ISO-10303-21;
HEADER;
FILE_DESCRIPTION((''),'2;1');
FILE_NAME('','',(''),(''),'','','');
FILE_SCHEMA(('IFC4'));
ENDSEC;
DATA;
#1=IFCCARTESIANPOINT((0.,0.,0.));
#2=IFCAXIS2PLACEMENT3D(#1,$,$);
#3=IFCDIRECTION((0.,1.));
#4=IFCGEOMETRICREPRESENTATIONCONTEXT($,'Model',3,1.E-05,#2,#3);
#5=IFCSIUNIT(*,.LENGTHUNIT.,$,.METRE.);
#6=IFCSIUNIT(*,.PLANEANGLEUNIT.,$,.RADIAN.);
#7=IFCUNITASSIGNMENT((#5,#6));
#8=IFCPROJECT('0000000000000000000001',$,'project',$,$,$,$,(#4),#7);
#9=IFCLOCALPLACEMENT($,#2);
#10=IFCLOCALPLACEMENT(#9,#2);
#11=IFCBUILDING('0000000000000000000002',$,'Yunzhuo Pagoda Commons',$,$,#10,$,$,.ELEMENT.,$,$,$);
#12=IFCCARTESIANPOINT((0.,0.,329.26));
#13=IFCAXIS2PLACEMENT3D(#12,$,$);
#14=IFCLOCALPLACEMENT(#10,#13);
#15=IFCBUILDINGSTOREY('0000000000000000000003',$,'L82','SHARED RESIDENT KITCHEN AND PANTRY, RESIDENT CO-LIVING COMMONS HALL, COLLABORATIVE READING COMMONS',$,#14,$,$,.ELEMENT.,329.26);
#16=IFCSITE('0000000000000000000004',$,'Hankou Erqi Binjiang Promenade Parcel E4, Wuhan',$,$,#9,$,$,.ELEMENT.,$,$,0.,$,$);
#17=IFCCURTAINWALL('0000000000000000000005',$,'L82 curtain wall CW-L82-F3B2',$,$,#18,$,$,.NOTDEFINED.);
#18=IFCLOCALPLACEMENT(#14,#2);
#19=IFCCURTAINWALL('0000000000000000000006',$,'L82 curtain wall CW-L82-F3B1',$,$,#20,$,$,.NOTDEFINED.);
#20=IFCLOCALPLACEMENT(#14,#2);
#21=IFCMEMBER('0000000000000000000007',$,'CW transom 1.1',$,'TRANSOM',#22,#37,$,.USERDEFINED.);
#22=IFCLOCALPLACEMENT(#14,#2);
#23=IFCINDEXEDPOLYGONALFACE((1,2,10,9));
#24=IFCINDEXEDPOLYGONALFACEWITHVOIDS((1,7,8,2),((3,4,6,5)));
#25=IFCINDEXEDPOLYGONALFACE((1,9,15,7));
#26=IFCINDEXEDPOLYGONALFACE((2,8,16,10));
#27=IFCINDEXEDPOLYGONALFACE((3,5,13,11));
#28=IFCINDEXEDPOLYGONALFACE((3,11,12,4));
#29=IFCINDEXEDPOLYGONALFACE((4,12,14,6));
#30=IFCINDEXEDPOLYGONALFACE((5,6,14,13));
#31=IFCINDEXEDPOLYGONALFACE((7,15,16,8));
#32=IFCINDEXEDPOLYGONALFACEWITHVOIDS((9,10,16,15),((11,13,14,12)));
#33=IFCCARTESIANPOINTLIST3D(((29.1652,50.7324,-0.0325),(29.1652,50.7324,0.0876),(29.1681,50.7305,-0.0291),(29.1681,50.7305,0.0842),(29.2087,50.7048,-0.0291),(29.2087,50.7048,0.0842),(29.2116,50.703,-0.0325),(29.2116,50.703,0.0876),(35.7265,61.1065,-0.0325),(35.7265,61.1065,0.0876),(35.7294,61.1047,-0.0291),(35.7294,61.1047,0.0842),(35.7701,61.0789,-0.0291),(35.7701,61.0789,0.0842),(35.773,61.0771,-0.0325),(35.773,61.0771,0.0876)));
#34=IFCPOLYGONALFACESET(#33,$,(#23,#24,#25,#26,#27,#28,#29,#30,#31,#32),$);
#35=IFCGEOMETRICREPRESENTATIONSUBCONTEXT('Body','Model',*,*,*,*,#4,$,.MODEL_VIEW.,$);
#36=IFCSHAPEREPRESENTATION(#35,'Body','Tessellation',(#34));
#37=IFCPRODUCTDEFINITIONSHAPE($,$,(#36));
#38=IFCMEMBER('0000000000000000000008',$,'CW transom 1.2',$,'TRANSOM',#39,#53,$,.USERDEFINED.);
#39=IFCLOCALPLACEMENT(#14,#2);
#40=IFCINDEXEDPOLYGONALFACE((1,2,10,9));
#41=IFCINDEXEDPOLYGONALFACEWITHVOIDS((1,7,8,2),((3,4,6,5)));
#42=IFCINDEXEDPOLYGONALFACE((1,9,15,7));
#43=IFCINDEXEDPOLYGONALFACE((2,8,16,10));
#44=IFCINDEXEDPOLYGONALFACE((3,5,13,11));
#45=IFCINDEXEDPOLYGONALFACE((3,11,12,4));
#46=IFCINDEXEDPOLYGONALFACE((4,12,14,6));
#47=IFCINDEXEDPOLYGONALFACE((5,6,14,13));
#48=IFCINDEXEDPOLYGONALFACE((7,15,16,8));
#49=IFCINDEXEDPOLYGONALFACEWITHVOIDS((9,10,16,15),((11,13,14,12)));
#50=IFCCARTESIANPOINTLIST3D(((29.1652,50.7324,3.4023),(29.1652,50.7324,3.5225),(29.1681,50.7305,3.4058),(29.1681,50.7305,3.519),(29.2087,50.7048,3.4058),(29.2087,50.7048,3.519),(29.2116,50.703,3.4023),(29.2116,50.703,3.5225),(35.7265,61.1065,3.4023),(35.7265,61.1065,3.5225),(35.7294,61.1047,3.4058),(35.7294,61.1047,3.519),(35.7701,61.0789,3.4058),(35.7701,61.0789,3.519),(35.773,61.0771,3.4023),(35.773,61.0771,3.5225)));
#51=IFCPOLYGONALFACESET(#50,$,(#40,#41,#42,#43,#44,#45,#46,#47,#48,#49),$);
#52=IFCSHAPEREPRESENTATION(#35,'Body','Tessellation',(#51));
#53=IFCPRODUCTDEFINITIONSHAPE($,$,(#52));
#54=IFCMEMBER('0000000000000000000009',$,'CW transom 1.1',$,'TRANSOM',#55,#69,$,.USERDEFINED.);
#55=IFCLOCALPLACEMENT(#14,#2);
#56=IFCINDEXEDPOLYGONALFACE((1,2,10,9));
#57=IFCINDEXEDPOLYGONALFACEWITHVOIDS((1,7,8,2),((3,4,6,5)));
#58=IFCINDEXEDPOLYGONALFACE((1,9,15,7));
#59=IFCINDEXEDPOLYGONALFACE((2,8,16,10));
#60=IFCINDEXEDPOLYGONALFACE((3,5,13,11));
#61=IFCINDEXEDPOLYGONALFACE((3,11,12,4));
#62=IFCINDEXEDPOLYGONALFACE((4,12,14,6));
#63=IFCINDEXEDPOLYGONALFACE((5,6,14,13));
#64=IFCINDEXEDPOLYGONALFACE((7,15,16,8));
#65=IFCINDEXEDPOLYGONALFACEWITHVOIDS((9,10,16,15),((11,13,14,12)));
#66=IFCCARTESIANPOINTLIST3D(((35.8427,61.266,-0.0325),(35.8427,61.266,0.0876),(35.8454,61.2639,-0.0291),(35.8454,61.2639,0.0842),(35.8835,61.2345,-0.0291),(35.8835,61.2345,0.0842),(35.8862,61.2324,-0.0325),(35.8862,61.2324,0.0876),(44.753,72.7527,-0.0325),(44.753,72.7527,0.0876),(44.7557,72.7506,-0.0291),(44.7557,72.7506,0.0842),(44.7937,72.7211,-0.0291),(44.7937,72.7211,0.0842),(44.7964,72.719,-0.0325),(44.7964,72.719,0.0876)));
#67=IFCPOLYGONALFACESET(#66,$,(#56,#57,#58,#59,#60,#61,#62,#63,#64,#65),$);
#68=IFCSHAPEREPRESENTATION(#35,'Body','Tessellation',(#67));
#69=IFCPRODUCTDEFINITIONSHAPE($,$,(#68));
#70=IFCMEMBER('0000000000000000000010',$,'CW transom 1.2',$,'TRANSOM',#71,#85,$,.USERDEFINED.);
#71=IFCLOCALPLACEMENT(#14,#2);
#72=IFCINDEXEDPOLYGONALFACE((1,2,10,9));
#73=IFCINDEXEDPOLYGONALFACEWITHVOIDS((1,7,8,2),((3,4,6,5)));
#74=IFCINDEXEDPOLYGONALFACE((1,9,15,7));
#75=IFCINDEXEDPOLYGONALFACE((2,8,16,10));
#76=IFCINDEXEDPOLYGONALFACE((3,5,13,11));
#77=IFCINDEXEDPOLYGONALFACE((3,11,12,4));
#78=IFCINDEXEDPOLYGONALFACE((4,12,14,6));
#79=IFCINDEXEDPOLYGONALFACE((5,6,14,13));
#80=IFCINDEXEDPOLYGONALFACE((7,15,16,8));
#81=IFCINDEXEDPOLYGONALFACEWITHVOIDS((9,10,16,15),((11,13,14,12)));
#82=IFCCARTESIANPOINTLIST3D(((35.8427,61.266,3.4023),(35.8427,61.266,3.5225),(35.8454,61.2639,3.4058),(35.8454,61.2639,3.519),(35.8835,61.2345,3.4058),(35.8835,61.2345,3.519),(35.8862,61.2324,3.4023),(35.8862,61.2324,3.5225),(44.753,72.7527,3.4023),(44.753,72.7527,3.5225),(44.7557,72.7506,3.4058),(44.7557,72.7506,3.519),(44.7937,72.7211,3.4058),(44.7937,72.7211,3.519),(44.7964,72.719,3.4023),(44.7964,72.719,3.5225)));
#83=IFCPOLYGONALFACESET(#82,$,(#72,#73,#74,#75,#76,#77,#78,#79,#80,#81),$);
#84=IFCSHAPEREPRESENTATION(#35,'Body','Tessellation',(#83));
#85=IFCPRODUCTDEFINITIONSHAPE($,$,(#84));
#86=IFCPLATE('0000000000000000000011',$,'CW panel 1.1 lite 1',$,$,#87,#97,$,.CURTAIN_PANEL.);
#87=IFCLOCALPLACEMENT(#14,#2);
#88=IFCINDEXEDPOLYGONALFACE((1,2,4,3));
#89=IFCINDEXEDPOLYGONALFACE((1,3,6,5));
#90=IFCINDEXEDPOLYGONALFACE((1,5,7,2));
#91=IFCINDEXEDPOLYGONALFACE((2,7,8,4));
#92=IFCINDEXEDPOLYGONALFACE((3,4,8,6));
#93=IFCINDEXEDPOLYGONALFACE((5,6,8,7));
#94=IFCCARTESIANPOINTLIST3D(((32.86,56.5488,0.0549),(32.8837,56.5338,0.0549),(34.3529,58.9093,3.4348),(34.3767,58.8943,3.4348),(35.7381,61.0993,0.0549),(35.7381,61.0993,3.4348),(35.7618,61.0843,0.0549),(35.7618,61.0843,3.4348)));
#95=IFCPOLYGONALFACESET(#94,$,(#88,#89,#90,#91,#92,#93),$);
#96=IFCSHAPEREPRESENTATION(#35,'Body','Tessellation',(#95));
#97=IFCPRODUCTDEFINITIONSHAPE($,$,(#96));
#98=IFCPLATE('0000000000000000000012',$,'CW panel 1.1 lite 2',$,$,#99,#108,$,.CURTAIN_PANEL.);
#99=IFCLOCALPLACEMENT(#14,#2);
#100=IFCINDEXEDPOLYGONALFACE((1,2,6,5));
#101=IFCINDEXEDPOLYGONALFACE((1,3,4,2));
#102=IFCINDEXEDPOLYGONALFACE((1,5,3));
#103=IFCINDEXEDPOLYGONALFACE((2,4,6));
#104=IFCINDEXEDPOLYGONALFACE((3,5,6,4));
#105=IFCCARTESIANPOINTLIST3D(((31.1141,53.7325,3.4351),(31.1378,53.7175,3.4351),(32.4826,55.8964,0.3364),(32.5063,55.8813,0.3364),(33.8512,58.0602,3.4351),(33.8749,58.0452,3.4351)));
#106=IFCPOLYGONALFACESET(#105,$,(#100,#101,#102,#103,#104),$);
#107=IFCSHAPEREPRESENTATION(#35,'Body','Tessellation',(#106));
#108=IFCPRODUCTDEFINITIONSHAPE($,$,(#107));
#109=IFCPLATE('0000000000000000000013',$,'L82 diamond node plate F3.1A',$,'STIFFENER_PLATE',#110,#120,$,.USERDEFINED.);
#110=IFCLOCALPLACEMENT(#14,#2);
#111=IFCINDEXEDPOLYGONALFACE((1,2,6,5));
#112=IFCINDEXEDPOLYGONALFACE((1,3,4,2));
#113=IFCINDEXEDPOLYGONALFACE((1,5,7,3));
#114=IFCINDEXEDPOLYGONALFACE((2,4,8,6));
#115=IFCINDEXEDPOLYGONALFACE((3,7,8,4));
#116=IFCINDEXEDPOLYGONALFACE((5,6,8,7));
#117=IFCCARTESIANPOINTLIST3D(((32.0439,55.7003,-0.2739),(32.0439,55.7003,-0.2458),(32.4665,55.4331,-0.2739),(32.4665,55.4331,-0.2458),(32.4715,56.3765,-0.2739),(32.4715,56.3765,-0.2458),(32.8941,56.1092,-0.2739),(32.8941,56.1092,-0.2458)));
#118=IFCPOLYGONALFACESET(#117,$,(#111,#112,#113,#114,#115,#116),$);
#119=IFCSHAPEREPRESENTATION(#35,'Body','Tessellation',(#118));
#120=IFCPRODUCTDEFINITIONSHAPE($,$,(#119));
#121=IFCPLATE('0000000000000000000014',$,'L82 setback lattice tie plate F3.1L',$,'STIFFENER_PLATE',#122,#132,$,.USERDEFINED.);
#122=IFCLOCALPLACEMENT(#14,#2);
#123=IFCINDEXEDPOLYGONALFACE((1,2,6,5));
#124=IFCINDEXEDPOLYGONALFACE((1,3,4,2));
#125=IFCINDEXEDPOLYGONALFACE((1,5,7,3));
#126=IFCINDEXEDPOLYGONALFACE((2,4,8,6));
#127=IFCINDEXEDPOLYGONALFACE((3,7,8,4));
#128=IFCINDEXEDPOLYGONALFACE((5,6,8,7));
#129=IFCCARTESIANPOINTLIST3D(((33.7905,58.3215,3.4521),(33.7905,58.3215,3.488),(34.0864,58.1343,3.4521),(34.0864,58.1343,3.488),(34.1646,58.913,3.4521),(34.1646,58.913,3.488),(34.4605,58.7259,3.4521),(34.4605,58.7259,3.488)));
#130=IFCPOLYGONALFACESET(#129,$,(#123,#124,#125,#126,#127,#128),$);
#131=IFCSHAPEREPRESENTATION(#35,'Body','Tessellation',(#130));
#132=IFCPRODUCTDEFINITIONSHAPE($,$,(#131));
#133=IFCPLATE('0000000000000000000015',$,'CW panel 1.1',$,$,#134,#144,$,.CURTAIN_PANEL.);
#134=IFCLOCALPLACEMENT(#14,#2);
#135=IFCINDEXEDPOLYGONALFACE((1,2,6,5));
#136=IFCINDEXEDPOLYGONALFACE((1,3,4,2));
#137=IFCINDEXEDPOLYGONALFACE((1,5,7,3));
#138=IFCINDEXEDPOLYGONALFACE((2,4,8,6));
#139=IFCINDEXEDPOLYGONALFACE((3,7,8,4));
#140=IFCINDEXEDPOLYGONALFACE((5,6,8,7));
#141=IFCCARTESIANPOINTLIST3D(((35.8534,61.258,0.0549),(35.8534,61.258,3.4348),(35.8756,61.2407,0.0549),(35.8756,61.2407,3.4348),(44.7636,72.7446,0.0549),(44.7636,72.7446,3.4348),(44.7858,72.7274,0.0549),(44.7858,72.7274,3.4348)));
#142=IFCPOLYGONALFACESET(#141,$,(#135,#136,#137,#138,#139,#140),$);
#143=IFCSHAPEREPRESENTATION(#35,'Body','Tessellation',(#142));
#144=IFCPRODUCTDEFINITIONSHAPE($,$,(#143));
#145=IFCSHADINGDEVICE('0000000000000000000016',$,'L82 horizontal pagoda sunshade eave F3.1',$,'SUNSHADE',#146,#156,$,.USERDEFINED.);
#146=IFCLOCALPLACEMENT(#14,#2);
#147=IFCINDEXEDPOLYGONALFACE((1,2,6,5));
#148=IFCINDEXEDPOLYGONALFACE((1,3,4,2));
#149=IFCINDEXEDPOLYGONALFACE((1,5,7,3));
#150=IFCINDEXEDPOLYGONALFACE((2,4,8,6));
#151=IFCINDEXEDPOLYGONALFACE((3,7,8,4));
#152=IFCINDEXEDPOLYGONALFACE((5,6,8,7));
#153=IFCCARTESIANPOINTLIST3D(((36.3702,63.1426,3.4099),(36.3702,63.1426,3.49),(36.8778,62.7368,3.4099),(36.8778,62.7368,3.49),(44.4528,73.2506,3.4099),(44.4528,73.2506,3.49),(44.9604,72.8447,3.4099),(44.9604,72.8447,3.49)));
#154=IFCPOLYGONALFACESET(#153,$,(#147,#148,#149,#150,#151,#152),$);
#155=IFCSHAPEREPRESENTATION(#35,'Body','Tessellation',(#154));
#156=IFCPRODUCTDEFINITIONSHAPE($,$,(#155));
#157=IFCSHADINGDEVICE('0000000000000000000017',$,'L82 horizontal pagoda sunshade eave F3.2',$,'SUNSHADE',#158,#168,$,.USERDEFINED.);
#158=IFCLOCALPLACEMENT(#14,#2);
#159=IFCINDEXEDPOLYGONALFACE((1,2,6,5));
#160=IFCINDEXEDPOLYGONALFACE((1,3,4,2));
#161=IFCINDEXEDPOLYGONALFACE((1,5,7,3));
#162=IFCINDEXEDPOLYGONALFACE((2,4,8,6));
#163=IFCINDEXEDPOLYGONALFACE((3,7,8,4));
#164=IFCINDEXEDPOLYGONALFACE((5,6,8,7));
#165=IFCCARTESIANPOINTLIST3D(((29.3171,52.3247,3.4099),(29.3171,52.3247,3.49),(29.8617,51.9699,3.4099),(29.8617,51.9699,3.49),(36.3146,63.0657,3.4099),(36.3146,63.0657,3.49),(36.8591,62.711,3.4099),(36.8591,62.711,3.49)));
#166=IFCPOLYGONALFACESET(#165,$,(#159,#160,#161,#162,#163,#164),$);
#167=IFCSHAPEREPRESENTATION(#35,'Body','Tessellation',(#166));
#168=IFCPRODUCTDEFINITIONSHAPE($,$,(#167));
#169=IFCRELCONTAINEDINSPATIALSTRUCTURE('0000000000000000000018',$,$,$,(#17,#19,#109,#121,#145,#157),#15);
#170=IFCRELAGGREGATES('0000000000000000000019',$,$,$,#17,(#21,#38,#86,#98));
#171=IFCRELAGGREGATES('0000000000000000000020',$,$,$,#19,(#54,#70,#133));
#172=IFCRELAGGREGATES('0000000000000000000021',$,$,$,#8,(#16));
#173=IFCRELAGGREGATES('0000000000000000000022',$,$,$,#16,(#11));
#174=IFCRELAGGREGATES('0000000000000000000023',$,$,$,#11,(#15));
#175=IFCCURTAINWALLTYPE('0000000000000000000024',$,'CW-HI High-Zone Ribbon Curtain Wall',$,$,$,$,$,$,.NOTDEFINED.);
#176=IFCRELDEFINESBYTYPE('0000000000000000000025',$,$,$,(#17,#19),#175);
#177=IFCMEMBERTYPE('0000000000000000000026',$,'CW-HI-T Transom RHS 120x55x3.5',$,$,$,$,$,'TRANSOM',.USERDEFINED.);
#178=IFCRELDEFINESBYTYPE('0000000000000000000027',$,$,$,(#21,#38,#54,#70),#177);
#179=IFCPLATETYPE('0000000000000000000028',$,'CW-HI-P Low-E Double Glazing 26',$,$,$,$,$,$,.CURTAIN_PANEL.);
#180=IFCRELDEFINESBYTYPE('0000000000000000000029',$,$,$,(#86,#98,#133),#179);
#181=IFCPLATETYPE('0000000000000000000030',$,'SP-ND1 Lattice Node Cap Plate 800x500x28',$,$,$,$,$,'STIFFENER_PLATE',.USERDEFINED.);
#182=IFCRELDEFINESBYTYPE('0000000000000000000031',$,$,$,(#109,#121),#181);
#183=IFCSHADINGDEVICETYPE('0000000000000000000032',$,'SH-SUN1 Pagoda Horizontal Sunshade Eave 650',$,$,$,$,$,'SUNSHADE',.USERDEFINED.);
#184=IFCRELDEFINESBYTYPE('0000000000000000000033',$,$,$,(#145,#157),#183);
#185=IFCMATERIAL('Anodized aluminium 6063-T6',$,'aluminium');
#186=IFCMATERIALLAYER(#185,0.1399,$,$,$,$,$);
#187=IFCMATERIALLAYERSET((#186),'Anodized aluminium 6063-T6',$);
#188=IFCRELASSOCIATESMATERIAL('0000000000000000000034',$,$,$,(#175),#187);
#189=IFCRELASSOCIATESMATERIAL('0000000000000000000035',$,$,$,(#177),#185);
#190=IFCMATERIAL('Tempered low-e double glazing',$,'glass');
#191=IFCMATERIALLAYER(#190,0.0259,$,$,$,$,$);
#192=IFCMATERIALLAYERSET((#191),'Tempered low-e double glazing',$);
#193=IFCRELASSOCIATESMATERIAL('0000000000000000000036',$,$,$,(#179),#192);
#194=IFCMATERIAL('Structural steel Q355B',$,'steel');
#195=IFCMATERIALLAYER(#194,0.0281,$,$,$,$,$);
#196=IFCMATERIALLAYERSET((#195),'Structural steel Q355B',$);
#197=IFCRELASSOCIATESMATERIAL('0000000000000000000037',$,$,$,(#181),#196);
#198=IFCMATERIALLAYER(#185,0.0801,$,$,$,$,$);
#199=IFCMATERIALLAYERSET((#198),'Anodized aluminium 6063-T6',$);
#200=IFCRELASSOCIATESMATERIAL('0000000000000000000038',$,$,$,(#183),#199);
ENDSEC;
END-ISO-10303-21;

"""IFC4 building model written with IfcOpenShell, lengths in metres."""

from ifc_helpers import new_model, si_unit, direction, frame, origin, origin_2d, place, context, subcontext, project, spatial, polyline, rectangle, hollow_rectangle, outline, extrude, source, transform, mapped, material, layer, layer_set, material_profile, profile_set, type_object, element, aggregate, save


model = new_model("IFC4")

# Units and contexts
model_context = context("Model", 3, precision=1e-05, world=origin(), true_north=direction((0.0, 1.0)))
body_context = subcontext(model_context, "Body", "Model", "MODEL_VIEW")
ifc_project = project(units=[si_unit("LENGTHUNIT", "METRE"), si_unit("PLANEANGLEUNIT", "RADIAN")], contexts=[model_context])

# Site, building, storey
site_placement = place(None, origin())
site = spatial("IfcSite", under=ifc_project, at=site_placement, Name="Hankou Erqi Binjiang Promenade Parcel E4, Wuhan", CompositionType="ELEMENT", RefElevation=0.0)
building_placement = place(site_placement, origin())
building = spatial("IfcBuilding", under=site, at=building_placement, Name="Yunzhuo Pagoda Commons", CompositionType="ELEMENT")
storey_placement = place(building_placement, frame((0.0, 0.0, 329.26)))
storey = spatial("IfcBuildingStorey", under=building, at=storey_placement, Name="L82", Description="SHARED RESIDENT KITCHEN AND PANTRY, RESIDENT CO-LIVING COMMONS HALL, COLLABORATIVE READING COMMONS", CompositionType="ELEMENT", Elevation=329.26)

# Shared definitions
ifc_material_1 = material(Name="Structural steel Q355B", Category="steel")

# Curtain wall
ifc_material_2 = material(Name="Anodized aluminium 6063-T6", Category="aluminium")
ifc_layer_1 = layer(ifc_material_2, 0.1399)
ifc_layer_set_1 = layer_set([ifc_layer_1], Name="Anodized aluminium 6063-T6")
curtain_wall_type = type_object("IfcCurtainWallType", Name="CW-HI High-Zone Ribbon Curtain Wall", PredefinedType="NOTDEFINED", material=ifc_layer_set_1)
curtain_wall_1_placement = place(storey_placement, origin())
curtain_wall_1 = element("IfcCurtainWall", 1, at=curtain_wall_1_placement, inside=storey, type_object=curtain_wall_type, Name="L82 curtain wall CW-L82-F3B2", PredefinedType="NOTDEFINED")

# Curtain wall
curtain_wall_2_placement = place(storey_placement, origin())
curtain_wall_2 = element("IfcCurtainWall", 2, at=curtain_wall_2_placement, inside=storey, type_object=curtain_wall_type, Name="L82 curtain wall CW-L82-F3B1", PredefinedType="NOTDEFINED")

# Members
ifc_material_profile_1 = material_profile(ifc_material_2, hollow_rectangle(XDim=0.0549, YDim=0.1201, WallThickness=0.0034, at=origin_2d()), Name="Anodized aluminium 6063-T6")
ifc_profile_set_1 = profile_set([ifc_material_profile_1], Name="Anodized aluminium 6063-T6")
member_type_1 = type_object("IfcMemberType", Name="CW-HI-T Transom RHS 120x55x3.5", ElementType="TRANSOM", PredefinedType="USERDEFINED", material=ifc_profile_set_1)
shared_shape_1 = source(origin(), body_context, "Body", "SweptSolid", [
    extrude(hollow_rectangle(XDim=0.0549, YDim=0.1201, WallThickness=0.0034, at=origin_2d()), origin(), (0.0, 0.0, 1.0), 12.2749),
])
member_1_placement = place(storey_placement, frame((35.7498, 61.0918, 0.0276), z_axis=(-0.534532, -0.845148, 0.0), x_axis=(0.845148, -0.534532, 0.0)))
member_1 = element("IfcMember", 3, at=member_1_placement, type_object=member_type_1, Name="CW transom 1.1", ObjectType="TRANSOM", PredefinedType="USERDEFINED", context=body_context, shape_type="MappedRepresentation", body=[
    mapped(shared_shape_1, transform((0.0, 0.0, 0.0), scale=1.0)),
])
member_2_placement = place(storey_placement, frame((35.7498, 61.0918, 3.4624), z_axis=(-0.534532, -0.845148, 0.0), x_axis=(0.845148, -0.534532, 0.0)))
member_2 = element("IfcMember", 4, at=member_2_placement, type_object=member_type_1, Name="CW transom 1.2", ObjectType="TRANSOM", PredefinedType="USERDEFINED", context=body_context, shape_type="MappedRepresentation", body=[
    mapped(shared_shape_1, transform((0.0, 0.0, 0.0), scale=1.0)),
])
shared_shape_2 = source(origin(), body_context, "Body", "SweptSolid", [
    extrude(hollow_rectangle(XDim=0.0549, YDim=0.1201, WallThickness=0.0034, at=origin_2d()), origin(), (0.0, 0.0, 1.0), 14.5374),
])
member_3_placement = place(storey_placement, frame((44.7747, 72.7358, 0.0276), z_axis=(-0.612918, -0.790146, 0.0), x_axis=(0.790146, -0.612918, 0.0)))
member_3 = element("IfcMember", 5, at=member_3_placement, type_object=member_type_1, Name="CW transom 1.1", ObjectType="TRANSOM", PredefinedType="USERDEFINED", context=body_context, shape_type="MappedRepresentation", body=[
    mapped(shared_shape_2, transform((0.0, 0.0, 0.0), scale=1.0)),
])
member_4_placement = place(storey_placement, frame((44.7747, 72.7358, 3.4624), z_axis=(-0.612918, -0.790146, 0.0), x_axis=(0.790146, -0.612918, 0.0)))
member_4 = element("IfcMember", 6, at=member_4_placement, type_object=member_type_1, Name="CW transom 1.2", ObjectType="TRANSOM", PredefinedType="USERDEFINED", context=body_context, shape_type="MappedRepresentation", body=[
    mapped(shared_shape_2, transform((0.0, 0.0, 0.0), scale=1.0)),
])

# Plates
ifc_material_3 = material(Name="Tempered low-e double glazing", Category="glass")
ifc_layer_2 = layer(ifc_material_3, 0.0259)
ifc_layer_set_2 = layer_set([ifc_layer_2], Name="Tempered low-e double glazing")
plate_type_1 = type_object("IfcPlateType", Name="CW-HI-P Low-E Double Glazing 26", PredefinedType="CURTAIN_PANEL", material=ifc_layer_set_2)
plate_1_placement = place(storey_placement, frame((34.3228, 58.8091, 1.7449), z_axis=(-0.845149, 0.534531, 0.0), x_axis=(-0.534531, -0.845149, 0.0)))
plate_1 = element("IfcPlate", 7, at=plate_1_placement, type_object=plate_type_1, Name="CW panel 1.1 lite 1", PredefinedType="CURTAIN_PANEL", context=body_context, shape_type="SweptSolid", body=[
    extrude(outline(polyline([(-2.6921, -1.6899), (2.6921, -1.6899), (-0.1008, 1.6899), (-2.6921, 1.6899), (-2.6921, -1.6899)])), origin(), (0.0, 0.0, 1.0), 0.0281),
])
plate_2_placement = place(storey_placement, frame((32.5063, 55.8813, 1.8857), z_axis=(-0.845149, 0.534531, 0.0), x_axis=(-0.534531, -0.845149, 0.0)))
plate_2 = element("IfcPlate", 8, at=plate_2_placement, type_object=plate_type_1, Name="CW panel 1.1 lite 2", PredefinedType="CURTAIN_PANEL", context=body_context, shape_type="SweptSolid", body=[
    extrude(outline(polyline([(-2.5603, 1.5493), (0.0, -1.5493), (2.5603, 1.5493), (-2.5603, 1.5493)])), origin(), (0.0, 0.0, 1.0), 0.0281),
])
aggregate(curtain_wall_1, [member_1, member_2, plate_1, plate_2])

# Plates
ifc_layer_3 = layer(ifc_material_1, 0.0281)
ifc_layer_set_3 = layer_set([ifc_layer_3], Name="Structural steel Q355B")
plate_type_2 = type_object("IfcPlateType", Name="SP-ND1 Lattice Node Cap Plate 800x500x28", ElementType="STIFFENER_PLATE", PredefinedType="USERDEFINED", material=ifc_layer_set_3)
shared_shape_3 = source(origin(), body_context, "Body", "SweptSolid", [
    extrude(rectangle(XDim=0.8, YDim=0.5, at=origin_2d()), origin(), (0.0, 0.0, 1.0), 0.0281),
])
plate_3_placement = place(storey_placement, frame((32.469, 55.9048, -0.2739), z_axis=(0.0, 0.0, 1.0), x_axis=(-0.534529, -0.84515, 0.0)))
element("IfcPlate", 9, at=plate_3_placement, inside=storey, type_object=plate_type_2, Name="L82 diamond node plate F3.1A", ObjectType="STIFFENER_PLATE", PredefinedType="USERDEFINED", context=body_context, shape_type="MappedRepresentation", body=[
    mapped(shared_shape_3, transform((0.0, 0.0, 0.0), scale=1.0)),
])
shared_shape_4 = source(origin(), body_context, "Body", "SweptSolid", [
    extrude(rectangle(XDim=0.7, YDim=0.3501, at=origin_2d()), origin(), (0.0, 0.0, 1.0), 0.0359),
])
plate_4_placement = place(storey_placement, frame((34.1255, 58.5237, 3.4521), z_axis=(0.0, 0.0, 1.0), x_axis=(-0.534529, -0.84515, 0.0)))
element("IfcPlate", 10, at=plate_4_placement, inside=storey, type_object=plate_type_2, Name="L82 setback lattice tie plate F3.1L", ObjectType="STIFFENER_PLATE", PredefinedType="USERDEFINED", context=body_context, shape_type="MappedRepresentation", body=[
    mapped(shared_shape_4, transform((0.0, 0.0, 0.0), scale=1.0)),
])

# Plate
shared_shape_5 = source(origin(), body_context, "Body", "SweptSolid", [
    extrude(rectangle(XDim=14.5374, YDim=0.0281, at=origin_2d()), origin(), (0.0, 0.0, 1.0), 3.3799),
])
plate_5_placement = place(storey_placement, frame((40.3196, 66.9927, 0.0549), z_axis=(0.0, 0.0, 1.0), x_axis=(-0.612918, -0.790147, 0.0)))
plate_5 = element("IfcPlate", 11, at=plate_5_placement, type_object=plate_type_1, Name="CW panel 1.1", PredefinedType="CURTAIN_PANEL", context=body_context, shape_type="MappedRepresentation", body=[
    mapped(shared_shape_5, transform((0.0, 0.0, 0.0), scale=1.0)),
])
aggregate(curtain_wall_2, [member_3, member_4, plate_5])

# Shading devices
ifc_layer_4 = layer(ifc_material_2, 0.0801)
ifc_layer_set_4 = layer_set([ifc_layer_4], Name="Anodized aluminium 6063-T6")
shading_device_type = type_object("IfcShadingDeviceType", Name="SH-SUN1 Pagoda Horizontal Sunshade Eave 650", ElementType="SUNSHADE", PredefinedType="USERDEFINED", material=ifc_layer_set_4)
shared_shape_6 = source(origin(), body_context, "Body", "SweptSolid", [
    extrude(rectangle(XDim=12.9421, YDim=0.6499, at=origin_2d()), origin(), (0.0, 0.0, 1.0), 0.0801),
])
shading_device_1_placement = place(storey_placement, frame((40.6653, 67.9937, 3.4099), z_axis=(0.0, 0.0, 1.0), x_axis=(-0.62452, -0.781008, 0.0)))
element("IfcShadingDevice", 12, at=shading_device_1_placement, inside=storey, type_object=shading_device_type, Name="L82 horizontal pagoda sunshade eave F3.1", ObjectType="SUNSHADE", PredefinedType="USERDEFINED", context=body_context, shape_type="MappedRepresentation", body=[
    mapped(shared_shape_6, transform((0.0, 0.0, 0.0), scale=1.0)),
])
shared_shape_7 = source(origin(), body_context, "Body", "SweptSolid", [
    extrude(rectangle(XDim=12.8193, YDim=0.6499, at=origin_2d()), origin(), (0.0, 0.0, 1.0), 0.0801),
])
shading_device_2_placement = place(storey_placement, frame((33.0881, 57.5178, 3.4099), z_axis=(0.0, 0.0, 1.0), x_axis=(-0.545853, -0.837881, 0.0)))
element("IfcShadingDevice", 13, at=shading_device_2_placement, inside=storey, type_object=shading_device_type, Name="L82 horizontal pagoda sunshade eave F3.2", ObjectType="SUNSHADE", PredefinedType="USERDEFINED", context=body_context, shape_type="MappedRepresentation", body=[
    mapped(shared_shape_7, transform((0.0, 0.0, 0.0), scale=1.0)),
])

save(model, "model.ifc")
